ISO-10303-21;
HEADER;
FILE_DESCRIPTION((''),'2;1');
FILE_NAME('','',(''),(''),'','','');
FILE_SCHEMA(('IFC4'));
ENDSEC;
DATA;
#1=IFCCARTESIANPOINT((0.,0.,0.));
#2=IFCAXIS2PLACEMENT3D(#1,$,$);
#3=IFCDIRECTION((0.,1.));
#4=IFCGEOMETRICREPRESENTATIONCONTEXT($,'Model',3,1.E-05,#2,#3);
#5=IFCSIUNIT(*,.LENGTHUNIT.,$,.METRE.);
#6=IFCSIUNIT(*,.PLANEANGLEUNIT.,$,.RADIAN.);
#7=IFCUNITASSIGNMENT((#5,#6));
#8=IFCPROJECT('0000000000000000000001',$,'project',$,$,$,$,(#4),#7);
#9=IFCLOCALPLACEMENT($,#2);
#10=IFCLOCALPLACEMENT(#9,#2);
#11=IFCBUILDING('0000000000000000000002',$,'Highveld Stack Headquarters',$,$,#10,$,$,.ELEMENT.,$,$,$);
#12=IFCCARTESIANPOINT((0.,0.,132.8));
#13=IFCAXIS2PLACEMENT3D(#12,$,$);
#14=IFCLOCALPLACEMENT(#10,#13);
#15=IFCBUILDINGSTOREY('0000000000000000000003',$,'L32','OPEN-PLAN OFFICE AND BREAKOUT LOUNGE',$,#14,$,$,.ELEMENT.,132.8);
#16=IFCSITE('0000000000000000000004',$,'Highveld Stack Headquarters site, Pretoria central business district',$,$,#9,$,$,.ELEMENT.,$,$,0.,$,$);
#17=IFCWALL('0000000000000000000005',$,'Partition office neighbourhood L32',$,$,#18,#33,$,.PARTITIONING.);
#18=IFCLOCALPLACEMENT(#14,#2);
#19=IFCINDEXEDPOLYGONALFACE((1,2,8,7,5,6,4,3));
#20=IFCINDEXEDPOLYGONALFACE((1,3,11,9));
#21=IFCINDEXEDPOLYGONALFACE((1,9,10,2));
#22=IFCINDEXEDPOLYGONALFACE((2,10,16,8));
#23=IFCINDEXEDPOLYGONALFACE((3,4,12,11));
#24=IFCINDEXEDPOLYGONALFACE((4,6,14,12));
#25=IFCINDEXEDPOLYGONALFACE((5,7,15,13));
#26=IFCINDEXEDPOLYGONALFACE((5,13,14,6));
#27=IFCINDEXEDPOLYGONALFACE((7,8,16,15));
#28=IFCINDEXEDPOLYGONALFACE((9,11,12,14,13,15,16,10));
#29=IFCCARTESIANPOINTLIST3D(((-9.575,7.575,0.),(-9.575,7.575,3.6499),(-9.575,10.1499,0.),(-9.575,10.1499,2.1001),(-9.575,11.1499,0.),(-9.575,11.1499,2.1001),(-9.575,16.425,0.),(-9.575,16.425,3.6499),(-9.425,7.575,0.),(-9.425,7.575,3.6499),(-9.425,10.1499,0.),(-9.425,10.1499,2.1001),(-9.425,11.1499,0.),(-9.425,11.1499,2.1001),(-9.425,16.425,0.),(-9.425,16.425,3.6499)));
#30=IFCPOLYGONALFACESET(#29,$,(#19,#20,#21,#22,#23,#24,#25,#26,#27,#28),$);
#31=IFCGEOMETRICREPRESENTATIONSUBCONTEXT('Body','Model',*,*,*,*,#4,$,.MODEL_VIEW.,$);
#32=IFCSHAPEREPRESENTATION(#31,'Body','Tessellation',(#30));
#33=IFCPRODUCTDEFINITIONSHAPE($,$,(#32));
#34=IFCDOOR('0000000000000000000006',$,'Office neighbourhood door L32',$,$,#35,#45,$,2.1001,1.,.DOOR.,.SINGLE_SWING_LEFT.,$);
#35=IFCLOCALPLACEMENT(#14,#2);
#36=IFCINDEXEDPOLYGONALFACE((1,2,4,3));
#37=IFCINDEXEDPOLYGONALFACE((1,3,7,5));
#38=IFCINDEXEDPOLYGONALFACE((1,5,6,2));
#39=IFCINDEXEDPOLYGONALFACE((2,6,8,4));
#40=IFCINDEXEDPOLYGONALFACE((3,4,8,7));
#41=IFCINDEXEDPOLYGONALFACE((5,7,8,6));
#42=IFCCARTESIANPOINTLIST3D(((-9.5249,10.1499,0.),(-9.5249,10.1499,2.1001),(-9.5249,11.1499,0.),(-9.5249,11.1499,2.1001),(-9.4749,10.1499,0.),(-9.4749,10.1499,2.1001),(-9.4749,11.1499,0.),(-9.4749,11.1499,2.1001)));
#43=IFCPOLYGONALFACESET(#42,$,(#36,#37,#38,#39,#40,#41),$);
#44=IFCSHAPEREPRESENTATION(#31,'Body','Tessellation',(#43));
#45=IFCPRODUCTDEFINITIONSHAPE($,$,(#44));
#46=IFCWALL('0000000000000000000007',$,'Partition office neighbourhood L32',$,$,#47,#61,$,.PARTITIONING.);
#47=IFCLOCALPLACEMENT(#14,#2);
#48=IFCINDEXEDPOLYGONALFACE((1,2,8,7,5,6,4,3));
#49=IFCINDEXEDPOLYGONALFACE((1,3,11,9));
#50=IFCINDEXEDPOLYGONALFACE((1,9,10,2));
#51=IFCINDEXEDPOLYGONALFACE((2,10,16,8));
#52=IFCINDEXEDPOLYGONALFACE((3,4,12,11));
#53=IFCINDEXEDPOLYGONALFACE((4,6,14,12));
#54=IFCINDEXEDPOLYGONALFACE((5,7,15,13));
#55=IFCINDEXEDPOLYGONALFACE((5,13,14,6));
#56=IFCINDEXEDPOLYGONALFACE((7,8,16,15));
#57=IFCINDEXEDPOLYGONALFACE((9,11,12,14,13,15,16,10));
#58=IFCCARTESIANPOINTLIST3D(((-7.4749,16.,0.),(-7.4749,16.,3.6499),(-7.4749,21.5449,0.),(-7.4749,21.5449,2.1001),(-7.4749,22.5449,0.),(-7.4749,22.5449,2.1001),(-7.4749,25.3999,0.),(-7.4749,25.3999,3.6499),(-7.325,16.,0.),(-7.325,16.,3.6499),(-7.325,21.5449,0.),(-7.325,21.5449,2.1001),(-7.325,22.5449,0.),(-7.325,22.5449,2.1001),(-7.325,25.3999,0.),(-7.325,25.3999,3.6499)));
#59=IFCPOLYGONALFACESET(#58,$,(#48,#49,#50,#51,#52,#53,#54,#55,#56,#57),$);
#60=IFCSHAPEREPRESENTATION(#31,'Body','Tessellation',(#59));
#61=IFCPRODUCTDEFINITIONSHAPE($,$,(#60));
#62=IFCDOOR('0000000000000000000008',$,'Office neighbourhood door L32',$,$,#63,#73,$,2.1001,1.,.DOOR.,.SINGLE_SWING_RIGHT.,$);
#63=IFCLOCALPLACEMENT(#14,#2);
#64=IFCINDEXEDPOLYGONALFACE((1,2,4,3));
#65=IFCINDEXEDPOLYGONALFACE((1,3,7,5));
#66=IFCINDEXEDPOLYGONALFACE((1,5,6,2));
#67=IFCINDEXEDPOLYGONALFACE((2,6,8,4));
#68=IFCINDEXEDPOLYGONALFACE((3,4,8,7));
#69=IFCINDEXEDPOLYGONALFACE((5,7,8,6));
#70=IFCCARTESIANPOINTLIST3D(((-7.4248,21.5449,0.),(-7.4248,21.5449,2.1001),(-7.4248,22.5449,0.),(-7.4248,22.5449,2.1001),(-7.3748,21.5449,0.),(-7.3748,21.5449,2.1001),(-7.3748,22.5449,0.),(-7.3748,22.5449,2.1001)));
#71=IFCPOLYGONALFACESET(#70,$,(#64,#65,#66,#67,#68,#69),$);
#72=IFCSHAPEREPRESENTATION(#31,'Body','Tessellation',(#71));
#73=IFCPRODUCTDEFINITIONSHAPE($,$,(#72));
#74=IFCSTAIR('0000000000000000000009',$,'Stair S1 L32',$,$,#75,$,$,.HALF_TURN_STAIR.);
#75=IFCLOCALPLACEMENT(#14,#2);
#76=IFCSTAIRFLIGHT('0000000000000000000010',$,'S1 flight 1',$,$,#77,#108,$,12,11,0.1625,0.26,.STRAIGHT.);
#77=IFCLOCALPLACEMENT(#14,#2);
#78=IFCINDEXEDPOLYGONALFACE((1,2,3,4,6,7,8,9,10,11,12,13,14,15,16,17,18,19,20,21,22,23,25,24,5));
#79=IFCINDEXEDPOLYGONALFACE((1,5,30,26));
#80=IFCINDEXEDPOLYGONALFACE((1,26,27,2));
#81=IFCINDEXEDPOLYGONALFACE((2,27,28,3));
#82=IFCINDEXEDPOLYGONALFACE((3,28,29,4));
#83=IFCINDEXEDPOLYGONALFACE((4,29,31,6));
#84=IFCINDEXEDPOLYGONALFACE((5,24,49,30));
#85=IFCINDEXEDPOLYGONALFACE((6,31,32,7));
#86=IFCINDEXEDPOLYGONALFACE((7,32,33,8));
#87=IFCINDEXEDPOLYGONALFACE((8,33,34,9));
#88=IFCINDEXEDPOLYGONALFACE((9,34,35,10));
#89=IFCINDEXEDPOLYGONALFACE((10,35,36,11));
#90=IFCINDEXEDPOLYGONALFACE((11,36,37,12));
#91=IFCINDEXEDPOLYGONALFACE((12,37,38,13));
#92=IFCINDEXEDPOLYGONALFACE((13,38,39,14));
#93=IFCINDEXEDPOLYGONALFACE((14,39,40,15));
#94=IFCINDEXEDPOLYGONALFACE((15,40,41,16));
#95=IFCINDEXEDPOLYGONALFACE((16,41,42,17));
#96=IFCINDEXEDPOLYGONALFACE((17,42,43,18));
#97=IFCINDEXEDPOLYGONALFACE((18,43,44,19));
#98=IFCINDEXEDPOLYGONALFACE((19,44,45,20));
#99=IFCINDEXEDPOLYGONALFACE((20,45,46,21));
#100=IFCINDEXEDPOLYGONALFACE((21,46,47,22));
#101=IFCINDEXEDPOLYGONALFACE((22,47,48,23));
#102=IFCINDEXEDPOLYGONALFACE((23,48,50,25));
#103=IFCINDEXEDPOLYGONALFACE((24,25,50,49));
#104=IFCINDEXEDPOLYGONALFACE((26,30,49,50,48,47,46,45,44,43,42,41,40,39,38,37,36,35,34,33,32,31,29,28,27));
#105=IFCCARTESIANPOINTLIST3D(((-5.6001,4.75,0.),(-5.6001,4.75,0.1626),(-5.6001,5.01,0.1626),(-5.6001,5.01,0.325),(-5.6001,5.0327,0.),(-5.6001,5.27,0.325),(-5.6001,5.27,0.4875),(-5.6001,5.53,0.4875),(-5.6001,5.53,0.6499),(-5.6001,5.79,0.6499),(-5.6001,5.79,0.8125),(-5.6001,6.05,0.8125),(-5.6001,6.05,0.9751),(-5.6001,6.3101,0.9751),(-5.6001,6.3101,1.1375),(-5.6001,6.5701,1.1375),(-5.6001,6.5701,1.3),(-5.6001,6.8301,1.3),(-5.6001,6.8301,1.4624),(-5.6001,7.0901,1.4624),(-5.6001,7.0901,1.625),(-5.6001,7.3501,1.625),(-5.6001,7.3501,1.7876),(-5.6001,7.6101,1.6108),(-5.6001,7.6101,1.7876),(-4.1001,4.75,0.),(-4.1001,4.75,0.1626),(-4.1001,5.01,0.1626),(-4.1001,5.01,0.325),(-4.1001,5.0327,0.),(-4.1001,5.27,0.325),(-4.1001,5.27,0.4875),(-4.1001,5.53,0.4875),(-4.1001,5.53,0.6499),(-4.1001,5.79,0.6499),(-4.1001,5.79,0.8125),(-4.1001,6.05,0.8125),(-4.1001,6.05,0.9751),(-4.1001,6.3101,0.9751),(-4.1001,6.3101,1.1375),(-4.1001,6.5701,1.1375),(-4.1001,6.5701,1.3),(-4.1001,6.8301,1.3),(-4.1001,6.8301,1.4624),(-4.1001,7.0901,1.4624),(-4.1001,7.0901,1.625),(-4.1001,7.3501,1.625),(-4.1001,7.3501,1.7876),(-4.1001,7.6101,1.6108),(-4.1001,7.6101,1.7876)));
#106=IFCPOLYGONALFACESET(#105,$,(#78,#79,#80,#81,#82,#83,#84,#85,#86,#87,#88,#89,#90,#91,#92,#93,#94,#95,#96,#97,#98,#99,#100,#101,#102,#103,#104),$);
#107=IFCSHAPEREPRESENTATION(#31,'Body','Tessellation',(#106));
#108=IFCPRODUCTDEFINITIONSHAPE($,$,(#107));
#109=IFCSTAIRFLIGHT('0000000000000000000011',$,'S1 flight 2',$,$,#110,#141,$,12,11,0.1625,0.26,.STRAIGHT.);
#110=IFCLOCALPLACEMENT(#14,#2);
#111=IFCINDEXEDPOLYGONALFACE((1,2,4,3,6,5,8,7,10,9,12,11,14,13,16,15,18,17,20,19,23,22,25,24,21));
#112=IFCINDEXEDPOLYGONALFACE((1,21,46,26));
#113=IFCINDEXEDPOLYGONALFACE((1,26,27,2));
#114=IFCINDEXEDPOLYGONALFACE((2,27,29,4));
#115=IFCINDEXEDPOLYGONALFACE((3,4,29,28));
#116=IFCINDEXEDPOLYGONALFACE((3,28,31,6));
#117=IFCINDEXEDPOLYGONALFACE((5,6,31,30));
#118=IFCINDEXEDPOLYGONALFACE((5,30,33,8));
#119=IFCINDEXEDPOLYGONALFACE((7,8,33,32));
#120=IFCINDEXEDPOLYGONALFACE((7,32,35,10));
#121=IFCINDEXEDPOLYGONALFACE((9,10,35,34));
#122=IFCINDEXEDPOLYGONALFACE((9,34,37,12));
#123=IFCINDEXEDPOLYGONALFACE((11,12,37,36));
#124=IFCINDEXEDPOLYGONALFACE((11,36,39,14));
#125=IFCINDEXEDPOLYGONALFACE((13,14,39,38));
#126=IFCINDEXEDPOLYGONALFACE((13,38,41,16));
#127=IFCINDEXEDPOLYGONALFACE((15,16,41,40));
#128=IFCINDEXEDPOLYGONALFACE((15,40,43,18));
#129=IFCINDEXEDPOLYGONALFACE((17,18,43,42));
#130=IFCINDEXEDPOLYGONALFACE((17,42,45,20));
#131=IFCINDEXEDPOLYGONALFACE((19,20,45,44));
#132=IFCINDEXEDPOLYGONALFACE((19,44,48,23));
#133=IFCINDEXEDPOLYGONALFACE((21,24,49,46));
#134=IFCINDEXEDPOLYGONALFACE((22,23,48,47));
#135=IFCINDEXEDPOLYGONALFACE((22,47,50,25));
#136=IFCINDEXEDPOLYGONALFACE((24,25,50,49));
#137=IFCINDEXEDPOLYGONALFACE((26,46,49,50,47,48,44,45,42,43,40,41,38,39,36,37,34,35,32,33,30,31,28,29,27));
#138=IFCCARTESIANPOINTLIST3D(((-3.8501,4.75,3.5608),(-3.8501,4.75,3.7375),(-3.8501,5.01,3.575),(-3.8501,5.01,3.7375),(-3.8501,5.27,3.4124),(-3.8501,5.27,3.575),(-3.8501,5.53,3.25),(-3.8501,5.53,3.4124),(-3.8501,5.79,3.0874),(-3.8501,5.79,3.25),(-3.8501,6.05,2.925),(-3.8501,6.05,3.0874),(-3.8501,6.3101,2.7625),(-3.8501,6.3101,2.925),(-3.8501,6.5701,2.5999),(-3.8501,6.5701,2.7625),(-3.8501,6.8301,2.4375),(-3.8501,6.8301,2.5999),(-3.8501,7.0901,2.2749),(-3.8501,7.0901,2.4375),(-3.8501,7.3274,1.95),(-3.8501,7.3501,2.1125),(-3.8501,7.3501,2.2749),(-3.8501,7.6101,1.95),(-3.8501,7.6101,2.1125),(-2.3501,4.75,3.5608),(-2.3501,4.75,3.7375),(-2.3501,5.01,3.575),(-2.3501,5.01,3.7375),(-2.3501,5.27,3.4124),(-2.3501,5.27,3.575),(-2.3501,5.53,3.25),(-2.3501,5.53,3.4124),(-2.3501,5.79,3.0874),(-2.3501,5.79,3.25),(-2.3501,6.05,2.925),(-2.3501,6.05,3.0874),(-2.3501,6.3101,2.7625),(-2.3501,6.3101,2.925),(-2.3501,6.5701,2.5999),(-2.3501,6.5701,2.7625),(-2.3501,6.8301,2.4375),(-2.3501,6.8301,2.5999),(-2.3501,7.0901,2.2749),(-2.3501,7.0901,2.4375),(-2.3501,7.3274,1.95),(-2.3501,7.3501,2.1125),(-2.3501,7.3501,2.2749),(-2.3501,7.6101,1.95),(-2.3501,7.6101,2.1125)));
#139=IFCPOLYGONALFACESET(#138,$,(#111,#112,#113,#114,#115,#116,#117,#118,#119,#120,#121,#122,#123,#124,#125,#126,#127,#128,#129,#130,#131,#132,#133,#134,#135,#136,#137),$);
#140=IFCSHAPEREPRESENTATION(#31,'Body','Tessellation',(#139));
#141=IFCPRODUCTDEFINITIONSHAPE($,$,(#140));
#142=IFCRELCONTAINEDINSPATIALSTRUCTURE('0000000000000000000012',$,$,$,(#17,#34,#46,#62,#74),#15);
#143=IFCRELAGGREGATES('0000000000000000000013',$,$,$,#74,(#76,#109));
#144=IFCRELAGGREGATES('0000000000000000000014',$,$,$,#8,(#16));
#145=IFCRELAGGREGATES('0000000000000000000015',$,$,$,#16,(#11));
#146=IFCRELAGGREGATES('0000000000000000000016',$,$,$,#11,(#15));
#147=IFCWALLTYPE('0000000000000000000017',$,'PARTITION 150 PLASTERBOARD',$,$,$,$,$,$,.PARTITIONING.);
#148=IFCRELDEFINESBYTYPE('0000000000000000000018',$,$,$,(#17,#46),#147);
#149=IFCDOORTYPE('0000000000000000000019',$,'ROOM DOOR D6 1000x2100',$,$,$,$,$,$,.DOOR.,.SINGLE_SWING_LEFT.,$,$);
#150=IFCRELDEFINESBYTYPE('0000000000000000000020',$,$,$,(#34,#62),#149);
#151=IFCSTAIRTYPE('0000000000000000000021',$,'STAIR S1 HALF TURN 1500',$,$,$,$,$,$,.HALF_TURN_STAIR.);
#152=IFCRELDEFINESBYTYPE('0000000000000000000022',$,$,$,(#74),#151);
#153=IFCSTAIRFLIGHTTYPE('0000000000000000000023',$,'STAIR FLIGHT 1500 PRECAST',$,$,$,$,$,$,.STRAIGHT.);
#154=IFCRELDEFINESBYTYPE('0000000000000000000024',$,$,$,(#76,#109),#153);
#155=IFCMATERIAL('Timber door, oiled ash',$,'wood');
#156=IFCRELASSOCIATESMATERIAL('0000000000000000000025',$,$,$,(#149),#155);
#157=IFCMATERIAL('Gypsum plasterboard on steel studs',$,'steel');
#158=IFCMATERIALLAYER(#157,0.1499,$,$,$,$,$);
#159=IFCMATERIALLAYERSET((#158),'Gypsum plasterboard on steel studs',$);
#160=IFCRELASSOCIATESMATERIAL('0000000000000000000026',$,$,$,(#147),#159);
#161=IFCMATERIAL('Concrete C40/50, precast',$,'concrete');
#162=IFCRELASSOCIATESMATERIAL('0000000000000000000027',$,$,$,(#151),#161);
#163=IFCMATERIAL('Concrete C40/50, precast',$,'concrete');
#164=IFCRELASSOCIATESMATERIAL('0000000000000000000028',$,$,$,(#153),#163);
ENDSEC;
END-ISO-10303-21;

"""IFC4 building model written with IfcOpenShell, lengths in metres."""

from ifc_helpers import new_model, si_unit, direction, frame, frame_2d, origin, place, context, subcontext, project, spatial, polyline, rectangle, outline, extrude, material, layer, layer_set, type_object, element, fill, aggregate, save


model = new_model("IFC4")

# Units and contexts
model_context = context("Model", 3, precision=1e-05, world=origin(), true_north=direction((0.0, 1.0)))
body_context = subcontext(model_context, "Body", "Model", "MODEL_VIEW")
ifc_project = project(units=[si_unit("LENGTHUNIT", "METRE"), si_unit("PLANEANGLEUNIT", "RADIAN")], contexts=[model_context])

# Site, building, storey
site_placement = place(None, origin())
site = spatial("IfcSite", under=ifc_project, at=site_placement, Name="Highveld Stack Headquarters site, Pretoria central business district", CompositionType="ELEMENT", RefElevation=0.0)
building_placement = place(site_placement, origin())
building = spatial("IfcBuilding", under=site, at=building_placement, Name="Highveld Stack Headquarters", CompositionType="ELEMENT")
storey_placement = place(building_placement, frame((0.0, 0.0, 132.8)))
storey = spatial("IfcBuildingStorey", under=building, at=storey_placement, Name="L32", Description="OPEN-PLAN OFFICE AND BREAKOUT LOUNGE", CompositionType="ELEMENT", Elevation=132.8)

# Shared definitions
ifc_material_1 = material(Name="Timber door, oiled ash", Category="wood")
door_type_1 = type_object("IfcDoorType", Name="ROOM DOOR D6 1000x2100", OperationType="SINGLE_SWING_LEFT", PredefinedType="DOOR", material=ifc_material_1)

# Shared definitions
ifc_material_2 = material(Name="Gypsum plasterboard on steel studs", Category="steel")
ifc_layer_1 = layer(ifc_material_2, 0.1499)
ifc_layer_set_1 = layer_set([ifc_layer_1], Name="Gypsum plasterboard on steel studs")
wall_type_1 = type_object("IfcWallType", Name="PARTITION 150 PLASTERBOARD", PredefinedType="PARTITIONING", material=ifc_layer_set_1)

# Walls, openings, doors
wall_1_placement = place(storey_placement, frame((-9.5, 7.575, 0.0), z_axis=(0.0, 0.0, 1.0), x_axis=(0.0, 1.0, 0.0)))
wall_1 = element("IfcWall", 1, at=wall_1_placement, inside=storey, type_object=wall_type_1, Name="Partition office neighbourhood L32", PredefinedType="PARTITIONING", context=body_context, shape_type="SweptSolid", body=[
    extrude(rectangle(XDim=8.8501, YDim=0.1499, at=frame_2d((4.425, 0.0))), origin(), (0.0, 0.0, 1.0), 3.6499),
])
opening_1_placement = place(wall_1_placement, frame((2.575, 0.0, 0.0)))
opening_1 = element("IfcOpeningElement", 2, at=opening_1_placement, cuts=wall_1, PredefinedType="OPENING", context=body_context, shape_type="SweptSolid", body=[
    extrude(rectangle(XDim=1.0, YDim=2.1001, at=frame_2d((0.5, 1.05))), frame((0.0, 0.085, 0.0), z_axis=(0.0, -1.0, 0.0), x_axis=(1.0, 0.0, 0.0)), (0.0, 0.0, 1.0), 0.1699),
])
door_1_placement = place(opening_1_placement, origin())
door_1 = element("IfcDoor", 3, at=door_1_placement, inside=storey, type_object=door_type_1, Name="Office neighbourhood door L32", OperationType="SINGLE_SWING_LEFT", OverallHeight=2.1001, OverallWidth=1.0, PredefinedType="DOOR", context=body_context, shape_type="SweptSolid", body=[
    extrude(rectangle(XDim=1.0, YDim=2.1001, at=frame_2d((0.5, 1.05))), frame((0.0, 0.0249, 0.0), z_axis=(0.0, -1.0, 0.0), x_axis=(1.0, 0.0, 0.0)), (0.0, 0.0, 1.0), 0.05),
])
fill(opening_1, door_1)
wall_2_placement = place(storey_placement, frame((-7.3999, 16.0, 0.0), z_axis=(0.0, 0.0, 1.0), x_axis=(0.0, 1.0, 0.0)))
wall_2 = element("IfcWall", 4, at=wall_2_placement, inside=storey, type_object=wall_type_1, Name="Partition office neighbourhood L32", PredefinedType="PARTITIONING", context=body_context, shape_type="SweptSolid", body=[
    extrude(rectangle(XDim=9.3999, YDim=0.1499, at=frame_2d((4.7, 0.0))), origin(), (0.0, 0.0, 1.0), 3.6499),
])
opening_2_placement = place(wall_2_placement, frame((5.5449, 0.0, 0.0)))
opening_2 = element("IfcOpeningElement", 5, at=opening_2_placement, cuts=wall_2, PredefinedType="OPENING", context=body_context, shape_type="SweptSolid", body=[
    extrude(rectangle(XDim=1.0, YDim=2.1001, at=frame_2d((0.5, 1.05))), frame((0.0, 0.085, 0.0), z_axis=(0.0, -1.0, 0.0), x_axis=(1.0, 0.0, 0.0)), (0.0, 0.0, 1.0), 0.1699),
])
door_2_placement = place(opening_2_placement, origin())
door_2 = element("IfcDoor", 6, at=door_2_placement, inside=storey, type_object=door_type_1, Name="Office neighbourhood door L32", OperationType="SINGLE_SWING_RIGHT", OverallHeight=2.1001, OverallWidth=1.0, PredefinedType="DOOR", context=body_context, shape_type="SweptSolid", body=[
    extrude(rectangle(XDim=1.0, YDim=2.1001, at=frame_2d((0.5, 1.05))), frame((0.0, 0.0249, 0.0), z_axis=(0.0, -1.0, 0.0), x_axis=(1.0, 0.0, 0.0)), (0.0, 0.0, 1.0), 0.05),
])
fill(opening_2, door_2)

# Stair, stair flights
ifc_material_3 = material(Name="Concrete C40/50, precast", Category="concrete")
stair_type = type_object("IfcStairType", Name="STAIR S1 HALF TURN 1500", PredefinedType="HALF_TURN_STAIR", material=ifc_material_3)
stair_placement = place(storey_placement, origin())
stair = element("IfcStair", 7, at=stair_placement, inside=storey, type_object=stair_type, Name="Stair S1 L32", PredefinedType="HALF_TURN_STAIR")
ifc_material_4 = material(Name="Concrete C40/50, precast", Category="concrete")
stair_flight_type = type_object("IfcStairFlightType", Name="STAIR FLIGHT 1500 PRECAST", PredefinedType="STRAIGHT", material=ifc_material_4)
stair_flight_1_placement = place(storey_placement, frame((-4.8501, 4.75, 0.0), z_axis=(0.0, 0.0, 1.0), x_axis=(0.0, 1.0, 0.0)))
stair_flight_1 = element("IfcStairFlight", 8, at=stair_flight_1_placement, type_object=stair_flight_type, Name="S1 flight 1", NumberOfRisers=12, NumberOfTreads=11, PredefinedType="STRAIGHT", RiserHeight=0.1625, TreadLength=0.26, context=body_context, shape_type="SweptSolid", body=[
    extrude(outline(polyline([(0.0, 0.0), (0.0, 0.1626), (0.26, 0.1626), (0.26, 0.325), (0.52, 0.325), (0.52, 0.4875), (0.78, 0.4875), (0.78, 0.6499), (1.04, 0.6499), (1.04, 0.8125), (1.3, 0.8125), (1.3, 0.9751), (1.5601, 0.9751), (1.5601, 1.1375), (1.8201, 1.1375), (1.8201, 1.3), (2.0801, 1.3), (2.0801, 1.4624), (2.3401, 1.4624), (2.3401, 1.625), (2.6001, 1.625), (2.6001, 1.7876), (2.8601, 1.7876), (2.8601, 1.95), (2.8601, 1.6108), (0.2827, 0.0), (0.0, 0.0)])), frame((0.0, 0.75, 0.0), z_axis=(0.0, -1.0, 0.0), x_axis=(1.0, 0.0, 0.0)), (0.0, 0.0, 1.0), 1.5),
])
stair_flight_2_placement = place(storey_placement, frame((-3.1001, 7.6101, 1.95), z_axis=(0.0, 0.0, 1.0), x_axis=(0.0, -1.0, 0.0)))
stair_flight_2 = element("IfcStairFlight", 9, at=stair_flight_2_placement, type_object=stair_flight_type, Name="S1 flight 2", NumberOfRisers=12, NumberOfTreads=11, PredefinedType="STRAIGHT", RiserHeight=0.1625, TreadLength=0.26, context=body_context, shape_type="SweptSolid", body=[
    extrude(outline(polyline([(0.0, 0.0), (0.0, 0.1626), (0.26, 0.1626), (0.26, 0.325), (0.52, 0.325), (0.52, 0.4875), (0.78, 0.4875), (0.78, 0.6499), (1.04, 0.6499), (1.04, 0.8125), (1.3, 0.8125), (1.3, 0.9751), (1.5601, 0.9751), (1.5601, 1.1375), (1.8201, 1.1375), (1.8201, 1.3), (2.0801, 1.3), (2.0801, 1.4624), (2.3401, 1.4624), (2.3401, 1.625), (2.6001, 1.625), (2.6001, 1.7876), (2.8601, 1.7876), (2.8601, 1.95), (2.8601, 1.6108), (0.2827, 0.0), (0.0, 0.0)])), frame((0.0, 0.75, 0.0), z_axis=(0.0, -1.0, 0.0), x_axis=(1.0, 0.0, 0.0)), (0.0, 0.0, 1.0), 1.5),
])
aggregate(stair, [stair_flight_1, stair_flight_2])

save(model, "model.ifc")
